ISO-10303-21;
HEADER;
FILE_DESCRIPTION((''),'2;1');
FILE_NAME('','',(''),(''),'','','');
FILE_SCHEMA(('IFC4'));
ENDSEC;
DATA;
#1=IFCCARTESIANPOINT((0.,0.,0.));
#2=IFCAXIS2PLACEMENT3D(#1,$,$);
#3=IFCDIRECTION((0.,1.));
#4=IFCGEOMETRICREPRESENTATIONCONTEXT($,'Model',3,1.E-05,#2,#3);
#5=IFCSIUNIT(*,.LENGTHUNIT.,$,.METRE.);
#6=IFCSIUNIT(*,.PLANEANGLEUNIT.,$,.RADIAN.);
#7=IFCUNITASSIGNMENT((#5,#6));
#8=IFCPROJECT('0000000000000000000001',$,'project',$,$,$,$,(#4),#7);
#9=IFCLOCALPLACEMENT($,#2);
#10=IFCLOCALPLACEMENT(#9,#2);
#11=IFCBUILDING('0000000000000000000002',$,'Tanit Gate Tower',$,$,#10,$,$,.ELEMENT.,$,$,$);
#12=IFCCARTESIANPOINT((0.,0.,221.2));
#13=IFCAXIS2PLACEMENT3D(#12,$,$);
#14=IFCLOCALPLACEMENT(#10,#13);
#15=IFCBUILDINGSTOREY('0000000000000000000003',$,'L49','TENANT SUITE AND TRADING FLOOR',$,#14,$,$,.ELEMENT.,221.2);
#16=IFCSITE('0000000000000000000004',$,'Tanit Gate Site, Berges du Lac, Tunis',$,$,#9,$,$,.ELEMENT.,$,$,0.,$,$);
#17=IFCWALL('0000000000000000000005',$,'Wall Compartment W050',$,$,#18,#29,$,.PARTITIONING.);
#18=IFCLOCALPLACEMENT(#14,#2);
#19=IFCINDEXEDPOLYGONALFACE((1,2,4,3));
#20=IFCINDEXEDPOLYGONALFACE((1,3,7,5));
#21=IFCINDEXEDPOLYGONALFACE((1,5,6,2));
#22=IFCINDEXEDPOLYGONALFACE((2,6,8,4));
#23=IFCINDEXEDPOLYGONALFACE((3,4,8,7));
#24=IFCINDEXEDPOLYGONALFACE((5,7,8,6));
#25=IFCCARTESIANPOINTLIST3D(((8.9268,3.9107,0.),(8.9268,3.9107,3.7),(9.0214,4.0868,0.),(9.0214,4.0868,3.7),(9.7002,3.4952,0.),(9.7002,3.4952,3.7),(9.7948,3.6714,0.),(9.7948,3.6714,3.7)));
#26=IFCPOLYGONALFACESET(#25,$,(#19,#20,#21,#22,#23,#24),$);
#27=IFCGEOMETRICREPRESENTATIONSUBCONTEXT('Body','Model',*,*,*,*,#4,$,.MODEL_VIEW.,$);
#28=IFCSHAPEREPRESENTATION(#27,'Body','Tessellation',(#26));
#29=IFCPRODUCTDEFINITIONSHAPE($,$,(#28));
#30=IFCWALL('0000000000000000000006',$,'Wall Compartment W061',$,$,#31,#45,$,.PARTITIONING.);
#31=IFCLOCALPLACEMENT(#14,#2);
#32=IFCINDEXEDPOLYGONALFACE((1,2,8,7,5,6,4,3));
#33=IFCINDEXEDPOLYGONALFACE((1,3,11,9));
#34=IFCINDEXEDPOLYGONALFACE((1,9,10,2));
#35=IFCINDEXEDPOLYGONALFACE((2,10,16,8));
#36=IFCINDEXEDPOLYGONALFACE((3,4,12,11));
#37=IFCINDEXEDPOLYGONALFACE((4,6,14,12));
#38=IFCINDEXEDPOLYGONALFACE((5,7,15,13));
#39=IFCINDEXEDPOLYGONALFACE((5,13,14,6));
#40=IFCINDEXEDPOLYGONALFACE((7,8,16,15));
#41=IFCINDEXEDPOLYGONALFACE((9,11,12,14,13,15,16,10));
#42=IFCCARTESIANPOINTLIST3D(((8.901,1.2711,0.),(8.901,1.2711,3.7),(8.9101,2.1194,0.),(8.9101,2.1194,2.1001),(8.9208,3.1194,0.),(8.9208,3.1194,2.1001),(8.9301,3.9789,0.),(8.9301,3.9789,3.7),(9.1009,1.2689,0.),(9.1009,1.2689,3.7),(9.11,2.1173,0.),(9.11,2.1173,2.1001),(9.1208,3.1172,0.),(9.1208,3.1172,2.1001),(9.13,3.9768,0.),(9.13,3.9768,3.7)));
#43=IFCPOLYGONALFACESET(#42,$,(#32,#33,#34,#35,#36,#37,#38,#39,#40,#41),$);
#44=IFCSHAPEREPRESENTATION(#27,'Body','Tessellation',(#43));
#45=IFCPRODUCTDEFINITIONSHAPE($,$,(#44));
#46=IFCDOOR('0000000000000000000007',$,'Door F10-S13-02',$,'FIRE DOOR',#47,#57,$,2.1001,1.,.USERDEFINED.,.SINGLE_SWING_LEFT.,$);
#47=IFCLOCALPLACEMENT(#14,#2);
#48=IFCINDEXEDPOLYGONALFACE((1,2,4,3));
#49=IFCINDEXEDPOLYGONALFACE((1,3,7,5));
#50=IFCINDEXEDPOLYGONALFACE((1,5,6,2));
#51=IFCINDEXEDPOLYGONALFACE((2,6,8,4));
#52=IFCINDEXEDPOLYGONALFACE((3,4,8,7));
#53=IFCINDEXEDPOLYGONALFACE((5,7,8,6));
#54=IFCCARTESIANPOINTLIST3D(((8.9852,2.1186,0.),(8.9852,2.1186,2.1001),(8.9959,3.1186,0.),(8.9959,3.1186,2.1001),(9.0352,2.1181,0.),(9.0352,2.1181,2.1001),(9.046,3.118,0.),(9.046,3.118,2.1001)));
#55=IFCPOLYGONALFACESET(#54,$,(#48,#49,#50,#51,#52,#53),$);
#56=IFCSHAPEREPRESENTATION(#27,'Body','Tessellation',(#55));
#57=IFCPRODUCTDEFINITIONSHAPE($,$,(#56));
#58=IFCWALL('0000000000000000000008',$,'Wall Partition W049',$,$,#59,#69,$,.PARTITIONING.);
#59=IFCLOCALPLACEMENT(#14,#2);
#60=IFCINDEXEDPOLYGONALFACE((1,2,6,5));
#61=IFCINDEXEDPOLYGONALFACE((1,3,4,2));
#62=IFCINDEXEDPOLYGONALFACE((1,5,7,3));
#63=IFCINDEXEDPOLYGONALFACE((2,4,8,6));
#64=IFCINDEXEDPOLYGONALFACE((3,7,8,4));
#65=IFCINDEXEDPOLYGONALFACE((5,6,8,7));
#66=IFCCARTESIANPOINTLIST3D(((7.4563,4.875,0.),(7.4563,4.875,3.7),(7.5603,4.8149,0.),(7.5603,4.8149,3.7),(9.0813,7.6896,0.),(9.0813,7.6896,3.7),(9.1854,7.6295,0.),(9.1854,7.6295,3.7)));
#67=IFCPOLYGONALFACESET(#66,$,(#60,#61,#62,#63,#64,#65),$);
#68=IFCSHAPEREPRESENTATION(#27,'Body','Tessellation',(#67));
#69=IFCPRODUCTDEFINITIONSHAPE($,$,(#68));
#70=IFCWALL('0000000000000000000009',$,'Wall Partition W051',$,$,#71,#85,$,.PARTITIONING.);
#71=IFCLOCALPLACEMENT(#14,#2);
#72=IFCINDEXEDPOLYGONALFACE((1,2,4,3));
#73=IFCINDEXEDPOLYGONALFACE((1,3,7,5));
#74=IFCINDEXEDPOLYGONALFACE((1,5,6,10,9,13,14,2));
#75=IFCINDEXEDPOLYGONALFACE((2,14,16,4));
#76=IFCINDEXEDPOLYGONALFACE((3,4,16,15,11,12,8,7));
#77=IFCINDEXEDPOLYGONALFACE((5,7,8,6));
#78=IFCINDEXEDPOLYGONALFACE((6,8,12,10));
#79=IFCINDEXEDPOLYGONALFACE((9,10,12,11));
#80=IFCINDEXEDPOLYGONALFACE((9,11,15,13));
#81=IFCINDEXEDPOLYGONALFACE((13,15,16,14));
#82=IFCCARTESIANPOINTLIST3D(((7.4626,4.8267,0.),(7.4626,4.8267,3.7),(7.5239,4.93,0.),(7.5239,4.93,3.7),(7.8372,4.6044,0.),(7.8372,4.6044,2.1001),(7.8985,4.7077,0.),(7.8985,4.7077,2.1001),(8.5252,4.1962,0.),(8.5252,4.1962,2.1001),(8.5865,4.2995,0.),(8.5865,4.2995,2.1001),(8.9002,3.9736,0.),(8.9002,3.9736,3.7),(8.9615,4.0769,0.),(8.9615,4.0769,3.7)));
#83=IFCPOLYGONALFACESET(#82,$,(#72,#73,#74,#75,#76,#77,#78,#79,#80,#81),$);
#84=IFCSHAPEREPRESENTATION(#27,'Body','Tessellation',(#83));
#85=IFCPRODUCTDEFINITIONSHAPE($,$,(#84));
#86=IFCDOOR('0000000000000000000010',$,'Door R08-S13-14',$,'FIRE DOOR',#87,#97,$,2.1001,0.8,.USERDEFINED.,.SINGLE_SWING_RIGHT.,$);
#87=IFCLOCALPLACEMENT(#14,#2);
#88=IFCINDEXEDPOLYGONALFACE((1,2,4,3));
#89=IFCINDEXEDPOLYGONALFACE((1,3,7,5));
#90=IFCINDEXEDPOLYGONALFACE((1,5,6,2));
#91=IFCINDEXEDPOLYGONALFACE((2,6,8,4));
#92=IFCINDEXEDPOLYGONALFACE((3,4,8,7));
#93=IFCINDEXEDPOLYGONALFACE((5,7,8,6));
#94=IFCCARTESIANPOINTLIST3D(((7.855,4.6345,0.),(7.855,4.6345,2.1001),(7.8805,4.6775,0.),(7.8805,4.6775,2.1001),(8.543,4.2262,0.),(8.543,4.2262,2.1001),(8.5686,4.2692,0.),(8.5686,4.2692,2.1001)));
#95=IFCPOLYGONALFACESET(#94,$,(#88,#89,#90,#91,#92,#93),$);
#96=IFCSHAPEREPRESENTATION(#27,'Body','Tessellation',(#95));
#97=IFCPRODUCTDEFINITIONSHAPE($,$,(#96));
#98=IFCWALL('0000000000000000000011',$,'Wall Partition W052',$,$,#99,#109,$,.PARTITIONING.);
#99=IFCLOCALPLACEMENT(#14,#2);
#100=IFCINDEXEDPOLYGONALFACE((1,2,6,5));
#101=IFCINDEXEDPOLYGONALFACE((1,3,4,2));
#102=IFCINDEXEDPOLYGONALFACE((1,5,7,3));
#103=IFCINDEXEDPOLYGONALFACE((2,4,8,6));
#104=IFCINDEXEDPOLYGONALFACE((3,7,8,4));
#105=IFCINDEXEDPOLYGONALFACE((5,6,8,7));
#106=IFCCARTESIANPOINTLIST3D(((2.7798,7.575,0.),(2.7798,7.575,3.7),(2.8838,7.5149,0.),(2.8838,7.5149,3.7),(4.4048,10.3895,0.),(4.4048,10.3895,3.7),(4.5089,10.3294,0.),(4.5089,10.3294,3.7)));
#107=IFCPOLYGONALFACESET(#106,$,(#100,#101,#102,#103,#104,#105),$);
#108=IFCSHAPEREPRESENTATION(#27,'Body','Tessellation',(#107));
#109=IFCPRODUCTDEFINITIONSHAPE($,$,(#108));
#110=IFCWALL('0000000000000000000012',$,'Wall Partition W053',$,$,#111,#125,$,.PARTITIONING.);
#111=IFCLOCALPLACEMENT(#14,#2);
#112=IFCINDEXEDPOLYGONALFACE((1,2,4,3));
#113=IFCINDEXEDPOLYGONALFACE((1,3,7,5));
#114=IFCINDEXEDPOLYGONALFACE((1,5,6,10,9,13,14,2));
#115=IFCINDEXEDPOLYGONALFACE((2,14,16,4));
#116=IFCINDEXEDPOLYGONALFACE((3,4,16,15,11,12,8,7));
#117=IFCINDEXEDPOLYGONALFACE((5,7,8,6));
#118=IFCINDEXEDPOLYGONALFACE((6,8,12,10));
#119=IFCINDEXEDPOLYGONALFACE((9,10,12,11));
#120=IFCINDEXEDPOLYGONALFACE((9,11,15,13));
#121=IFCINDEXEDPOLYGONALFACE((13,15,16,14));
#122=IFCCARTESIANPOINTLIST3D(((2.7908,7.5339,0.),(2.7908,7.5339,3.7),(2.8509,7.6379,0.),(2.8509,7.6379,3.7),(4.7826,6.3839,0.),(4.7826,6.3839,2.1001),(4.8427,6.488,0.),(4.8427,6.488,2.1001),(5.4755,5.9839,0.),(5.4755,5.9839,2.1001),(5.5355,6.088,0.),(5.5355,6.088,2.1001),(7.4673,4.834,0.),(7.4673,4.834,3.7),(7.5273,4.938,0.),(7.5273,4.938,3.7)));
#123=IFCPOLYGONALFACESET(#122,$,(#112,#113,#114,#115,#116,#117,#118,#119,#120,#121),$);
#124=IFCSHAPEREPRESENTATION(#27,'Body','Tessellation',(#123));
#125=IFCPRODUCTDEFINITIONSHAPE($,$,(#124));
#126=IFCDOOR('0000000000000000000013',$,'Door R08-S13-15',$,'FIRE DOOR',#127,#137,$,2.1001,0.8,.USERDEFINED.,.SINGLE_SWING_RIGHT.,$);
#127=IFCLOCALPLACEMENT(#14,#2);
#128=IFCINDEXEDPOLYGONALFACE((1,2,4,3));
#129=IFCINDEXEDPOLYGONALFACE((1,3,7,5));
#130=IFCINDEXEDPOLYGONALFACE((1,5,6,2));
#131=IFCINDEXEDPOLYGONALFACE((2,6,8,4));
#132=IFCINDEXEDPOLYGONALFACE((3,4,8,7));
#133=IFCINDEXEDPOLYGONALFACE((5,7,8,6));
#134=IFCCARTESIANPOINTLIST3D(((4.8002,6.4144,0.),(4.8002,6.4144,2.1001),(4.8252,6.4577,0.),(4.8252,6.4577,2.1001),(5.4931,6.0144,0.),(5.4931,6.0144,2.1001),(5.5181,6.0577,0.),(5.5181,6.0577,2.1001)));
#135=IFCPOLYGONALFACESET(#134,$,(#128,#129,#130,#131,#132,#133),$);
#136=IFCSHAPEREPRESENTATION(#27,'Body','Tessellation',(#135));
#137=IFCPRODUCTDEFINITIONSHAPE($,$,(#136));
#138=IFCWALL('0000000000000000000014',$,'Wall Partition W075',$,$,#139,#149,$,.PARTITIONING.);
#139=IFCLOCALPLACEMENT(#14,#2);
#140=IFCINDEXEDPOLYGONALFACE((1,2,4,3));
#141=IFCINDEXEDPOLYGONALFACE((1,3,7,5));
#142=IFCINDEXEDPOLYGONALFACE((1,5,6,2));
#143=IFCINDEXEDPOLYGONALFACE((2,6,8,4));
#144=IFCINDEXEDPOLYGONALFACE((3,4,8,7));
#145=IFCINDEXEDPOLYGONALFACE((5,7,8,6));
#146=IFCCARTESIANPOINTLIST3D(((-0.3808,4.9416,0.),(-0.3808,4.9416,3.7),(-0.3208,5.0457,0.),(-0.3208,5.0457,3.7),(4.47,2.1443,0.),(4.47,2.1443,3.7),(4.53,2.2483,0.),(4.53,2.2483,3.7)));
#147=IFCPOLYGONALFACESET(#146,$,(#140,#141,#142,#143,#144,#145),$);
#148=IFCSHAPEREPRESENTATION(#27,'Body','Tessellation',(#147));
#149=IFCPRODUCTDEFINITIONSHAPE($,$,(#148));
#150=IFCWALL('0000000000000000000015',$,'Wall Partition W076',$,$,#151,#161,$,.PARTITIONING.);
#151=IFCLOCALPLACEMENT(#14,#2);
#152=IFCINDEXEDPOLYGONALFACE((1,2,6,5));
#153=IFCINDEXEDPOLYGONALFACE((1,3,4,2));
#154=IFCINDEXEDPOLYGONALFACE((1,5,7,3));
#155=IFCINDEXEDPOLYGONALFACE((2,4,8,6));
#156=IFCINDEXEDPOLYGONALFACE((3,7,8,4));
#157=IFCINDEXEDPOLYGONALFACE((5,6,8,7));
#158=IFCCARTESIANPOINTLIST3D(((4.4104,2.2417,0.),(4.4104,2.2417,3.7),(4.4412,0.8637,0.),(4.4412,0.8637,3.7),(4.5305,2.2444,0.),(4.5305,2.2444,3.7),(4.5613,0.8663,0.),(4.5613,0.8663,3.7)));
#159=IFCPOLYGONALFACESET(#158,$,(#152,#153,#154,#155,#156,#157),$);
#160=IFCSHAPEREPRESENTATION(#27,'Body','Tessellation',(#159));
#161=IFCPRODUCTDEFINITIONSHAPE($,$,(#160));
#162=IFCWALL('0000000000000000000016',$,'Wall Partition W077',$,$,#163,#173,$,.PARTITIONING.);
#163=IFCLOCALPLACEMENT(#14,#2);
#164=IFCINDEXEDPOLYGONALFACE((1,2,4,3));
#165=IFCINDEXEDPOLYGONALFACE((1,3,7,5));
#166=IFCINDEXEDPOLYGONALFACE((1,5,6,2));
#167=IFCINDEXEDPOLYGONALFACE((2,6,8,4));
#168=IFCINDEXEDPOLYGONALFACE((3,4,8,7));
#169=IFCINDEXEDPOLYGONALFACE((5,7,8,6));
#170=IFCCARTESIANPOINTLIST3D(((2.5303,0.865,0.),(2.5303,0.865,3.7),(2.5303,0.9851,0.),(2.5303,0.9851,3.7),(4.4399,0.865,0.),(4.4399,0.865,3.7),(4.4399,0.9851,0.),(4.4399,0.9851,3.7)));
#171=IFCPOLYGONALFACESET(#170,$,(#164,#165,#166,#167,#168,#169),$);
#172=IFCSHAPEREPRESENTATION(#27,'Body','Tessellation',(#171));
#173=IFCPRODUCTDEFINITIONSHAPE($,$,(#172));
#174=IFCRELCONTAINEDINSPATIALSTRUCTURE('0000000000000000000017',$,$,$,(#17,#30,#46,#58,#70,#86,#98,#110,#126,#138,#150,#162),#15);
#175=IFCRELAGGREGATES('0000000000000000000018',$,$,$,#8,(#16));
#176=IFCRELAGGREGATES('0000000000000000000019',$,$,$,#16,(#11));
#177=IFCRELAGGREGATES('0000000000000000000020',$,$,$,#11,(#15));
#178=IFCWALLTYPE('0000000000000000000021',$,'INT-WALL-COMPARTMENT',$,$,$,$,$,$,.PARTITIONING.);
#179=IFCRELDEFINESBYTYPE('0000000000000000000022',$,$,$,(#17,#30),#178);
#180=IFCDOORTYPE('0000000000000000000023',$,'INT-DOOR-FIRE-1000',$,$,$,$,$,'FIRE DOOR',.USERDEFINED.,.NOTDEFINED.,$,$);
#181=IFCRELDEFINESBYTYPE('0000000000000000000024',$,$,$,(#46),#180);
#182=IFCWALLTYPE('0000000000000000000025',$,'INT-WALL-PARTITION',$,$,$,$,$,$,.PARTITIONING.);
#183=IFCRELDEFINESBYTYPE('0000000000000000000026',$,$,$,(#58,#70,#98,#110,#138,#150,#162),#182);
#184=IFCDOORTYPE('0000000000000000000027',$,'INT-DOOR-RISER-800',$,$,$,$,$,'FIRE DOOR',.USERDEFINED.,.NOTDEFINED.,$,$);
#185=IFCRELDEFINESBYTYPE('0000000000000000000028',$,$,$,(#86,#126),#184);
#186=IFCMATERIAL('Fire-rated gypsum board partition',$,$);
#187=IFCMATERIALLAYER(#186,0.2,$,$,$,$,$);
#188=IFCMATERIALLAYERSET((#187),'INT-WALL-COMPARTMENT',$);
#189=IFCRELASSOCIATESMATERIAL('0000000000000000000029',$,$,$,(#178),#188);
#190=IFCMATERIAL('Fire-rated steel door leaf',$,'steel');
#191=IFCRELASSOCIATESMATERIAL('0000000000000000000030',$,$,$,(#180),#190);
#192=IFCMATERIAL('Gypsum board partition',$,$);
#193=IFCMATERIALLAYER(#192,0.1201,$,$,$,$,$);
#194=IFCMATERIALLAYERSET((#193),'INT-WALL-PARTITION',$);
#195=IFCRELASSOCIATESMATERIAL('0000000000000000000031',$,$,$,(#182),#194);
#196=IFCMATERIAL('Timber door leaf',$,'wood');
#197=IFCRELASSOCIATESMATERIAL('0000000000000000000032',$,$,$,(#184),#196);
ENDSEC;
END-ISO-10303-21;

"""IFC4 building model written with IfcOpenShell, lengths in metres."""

from ifc_helpers import new_model, si_unit, direction, frame, frame_2d, origin, place, context, subcontext, project, spatial, rectangle, extrude, material, layer, layer_set, type_object, element, fill, save


model = new_model("IFC4")

# Units and contexts
model_context = context("Model", 3, precision=1e-05, world=origin(), true_north=direction((0.0, 1.0)))
body_context = subcontext(model_context, "Body", "Model", "MODEL_VIEW")
ifc_project = project(units=[si_unit("LENGTHUNIT", "METRE"), si_unit("PLANEANGLEUNIT", "RADIAN")], contexts=[model_context])

# Site, building, storey
site_placement = place(None, origin())
site = spatial("IfcSite", under=ifc_project, at=site_placement, Name="Tanit Gate Site, Berges du Lac, Tunis", CompositionType="ELEMENT", RefElevation=0.0)
building_placement = place(site_placement, origin())
building = spatial("IfcBuilding", under=site, at=building_placement, Name="Tanit Gate Tower", CompositionType="ELEMENT")
storey_placement = place(building_placement, frame((0.0, 0.0, 221.2)))
storey = spatial("IfcBuildingStorey", under=building, at=storey_placement, Name="L49", Description="TENANT SUITE AND TRADING FLOOR", CompositionType="ELEMENT", Elevation=221.2)

# Wall
ifc_material_1 = material(Name="Fire-rated gypsum board partition")
ifc_layer_1 = layer(ifc_material_1, 0.2)
ifc_layer_set_1 = layer_set([ifc_layer_1], Name="INT-WALL-COMPARTMENT")
wall_type_1 = type_object("IfcWallType", Name="INT-WALL-COMPARTMENT", PredefinedType="PARTITIONING", material=ifc_layer_set_1)
wall_1_placement = place(storey_placement, frame((8.9741, 3.9988, 0.0), z_axis=(0.0, 0.0, 1.0), x_axis=(0.880917, -0.473271, 0.0)))
element("IfcWall", 1, at=wall_1_placement, inside=storey, type_object=wall_type_1, Name="Wall Compartment W050", PredefinedType="PARTITIONING", context=body_context, shape_type="SweptSolid", body=[
    extrude(rectangle(XDim=0.8779, YDim=0.2, at=frame_2d((0.439, 0.0))), origin(), (0.0, 0.0, 1.0), 3.7),
])

# Wall, opening, door
wall_2_placement = place(storey_placement, frame((9.001, 1.27, 0.0), z_axis=(0.0, 0.0, 1.0), x_axis=(0.010729, 0.999942, 0.0)))
wall_2 = element("IfcWall", 2, at=wall_2_placement, inside=storey, type_object=wall_type_1, Name="Wall Compartment W061", PredefinedType="PARTITIONING", context=body_context, shape_type="SweptSolid", body=[
    extrude(rectangle(XDim=2.708, YDim=0.2, at=frame_2d((1.354, 0.0))), origin(), (0.0, 0.0, 1.0), 3.7),
])
opening_1_placement = place(wall_2_placement, frame((0.8484, 0.0, 0.0)))
opening_1 = element("IfcOpeningElement", 3, at=opening_1_placement, cuts=wall_2, PredefinedType="OPENING", context=body_context, shape_type="SweptSolid", body=[
    extrude(rectangle(XDim=1.0, YDim=2.1001, at=frame_2d((0.5, 1.05))), frame((0.0, 0.1099, 0.0), z_axis=(0.0, -1.0, 0.0), x_axis=(1.0, 0.0, 0.0)), (0.0, 0.0, 1.0), 0.22),
])
ifc_material_2 = material(Name="Fire-rated steel door leaf", Category="steel")
door_type_1 = type_object("IfcDoorType", Name="INT-DOOR-FIRE-1000", ElementType="FIRE DOOR", OperationType="NOTDEFINED", PredefinedType="USERDEFINED", material=ifc_material_2)
door_1_placement = place(opening_1_placement, origin())
door_1 = element("IfcDoor", 4, at=door_1_placement, inside=storey, type_object=door_type_1, Name="Door F10-S13-02", ObjectType="FIRE DOOR", OperationType="SINGLE_SWING_LEFT", OverallHeight=2.1001, OverallWidth=1.0, PredefinedType="USERDEFINED", context=body_context, shape_type="SweptSolid", body=[
    extrude(rectangle(XDim=1.0, YDim=2.1001, at=frame_2d((0.5, 1.05))), frame((0.0, 0.0249, 0.0), z_axis=(0.0, -1.0, 0.0), x_axis=(1.0, 0.0, 0.0)), (0.0, 0.0, 1.0), 0.05),
])
fill(opening_1, door_1)

# Wall
ifc_material_3 = material(Name="Gypsum board partition")
ifc_layer_2 = layer(ifc_material_3, 0.1201)
ifc_layer_set_2 = layer_set([ifc_layer_2], Name="INT-WALL-PARTITION")
wall_type_2 = type_object("IfcWallType", Name="INT-WALL-PARTITION", PredefinedType="PARTITIONING", material=ifc_layer_set_2)
wall_3_placement = place(storey_placement, frame((7.5083, 4.845, 0.0), z_axis=(0.0, 0.0, 1.0), x_axis=(0.500017, 0.866015, 0.0)))
element("IfcWall", 5, at=wall_3_placement, inside=storey, type_object=wall_type_2, Name="Wall Partition W049", PredefinedType="PARTITIONING", context=body_context, shape_type="SweptSolid", body=[
    extrude(rectangle(XDim=3.25, YDim=0.1201, at=frame_2d((1.625, 0.0))), origin(), (0.0, 0.0, 1.0), 3.7),
])

# Wall, opening, door
wall_4_placement = place(storey_placement, frame((7.4932, 4.8784, 0.0), z_axis=(0.0, 0.0, 1.0), x_axis=(0.859983, -0.510323, 0.0)))
wall_4 = element("IfcWall", 6, at=wall_4_placement, inside=storey, type_object=wall_type_2, Name="Wall Partition W051", PredefinedType="PARTITIONING", context=body_context, shape_type="SweptSolid", body=[
    extrude(rectangle(XDim=1.6716, YDim=0.1201, at=frame_2d((0.8359, 0.0))), origin(), (0.0, 0.0, 1.0), 3.7),
])
opening_2_placement = place(wall_4_placement, frame((0.4358, 0.0, 0.0)))
opening_2 = element("IfcOpeningElement", 7, at=opening_2_placement, cuts=wall_4, PredefinedType="OPENING", context=body_context, shape_type="SweptSolid", body=[
    extrude(rectangle(XDim=0.8, YDim=2.1001, at=frame_2d((0.3999, 1.05))), frame((0.0, 0.0701, 0.0), z_axis=(0.0, -1.0, 0.0), x_axis=(1.0, 0.0, 0.0)), (0.0, 0.0, 1.0), 0.1401),
])
ifc_material_4 = material(Name="Timber door leaf", Category="wood")
door_type_2 = type_object("IfcDoorType", Name="INT-DOOR-RISER-800", ElementType="FIRE DOOR", OperationType="NOTDEFINED", PredefinedType="USERDEFINED", material=ifc_material_4)
door_2_placement = place(opening_2_placement, origin())
door_2 = element("IfcDoor", 8, at=door_2_placement, inside=storey, type_object=door_type_2, Name="Door R08-S13-14", ObjectType="FIRE DOOR", OperationType="SINGLE_SWING_RIGHT", OverallHeight=2.1001, OverallWidth=0.8, PredefinedType="USERDEFINED", context=body_context, shape_type="SweptSolid", body=[
    extrude(rectangle(XDim=0.8, YDim=2.1001, at=frame_2d((0.3999, 1.05))), frame((0.0, 0.0249, 0.0), z_axis=(0.0, -1.0, 0.0), x_axis=(1.0, 0.0, 0.0)), (0.0, 0.0, 1.0), 0.05),
])
fill(opening_2, door_2)

# Wall
wall_5_placement = place(storey_placement, frame((2.8318, 7.5449, 0.0), z_axis=(0.0, 0.0, 1.0), x_axis=(0.500017, 0.866015, 0.0)))
element("IfcWall", 9, at=wall_5_placement, inside=storey, type_object=wall_type_2, Name="Wall Partition W052", PredefinedType="PARTITIONING", context=body_context, shape_type="SweptSolid", body=[
    extrude(rectangle(XDim=3.25, YDim=0.1201, at=frame_2d((1.625, 0.0))), origin(), (0.0, 0.0, 1.0), 3.7),
])

# Wall, opening, door
wall_6_placement = place(storey_placement, frame((7.4973, 4.886, 0.0), z_axis=(0.0, 0.0, 1.0), x_axis=(-0.866028, 0.499995, 0.0)))
wall_6 = element("IfcWall", 10, at=wall_6_placement, inside=storey, type_object=wall_type_2, Name="Wall Partition W053", PredefinedType="PARTITIONING", context=body_context, shape_type="SweptSolid", body=[
    extrude(rectangle(XDim=5.3999, YDim=0.1201, at=frame_2d((2.7, 0.0))), origin(), (0.0, 0.0, 1.0), 3.7),
])
opening_3_placement = place(wall_6_placement, frame((2.3, 0.0, 0.0)))
opening_3 = element("IfcOpeningElement", 11, at=opening_3_placement, cuts=wall_6, PredefinedType="OPENING", context=body_context, shape_type="SweptSolid", body=[
    extrude(rectangle(XDim=0.8, YDim=2.1001, at=frame_2d((0.3999, 1.05))), frame((0.0, 0.0701, 0.0), z_axis=(0.0, -1.0, 0.0), x_axis=(1.0, 0.0, 0.0)), (0.0, 0.0, 1.0), 0.1401),
])
door_3_placement = place(opening_3_placement, origin())
door_3 = element("IfcDoor", 12, at=door_3_placement, inside=storey, type_object=door_type_2, Name="Door R08-S13-15", ObjectType="FIRE DOOR", OperationType="SINGLE_SWING_RIGHT", OverallHeight=2.1001, OverallWidth=0.8, PredefinedType="USERDEFINED", context=body_context, shape_type="SweptSolid", body=[
    extrude(rectangle(XDim=0.8, YDim=2.1001, at=frame_2d((0.3999, 1.05))), frame((0.0, 0.0249, 0.0), z_axis=(0.0, -1.0, 0.0), x_axis=(1.0, 0.0, 0.0)), (0.0, 0.0, 1.0), 0.05),
])
fill(opening_3, door_3)

# Walls
wall_7_placement = place(storey_placement, frame((-0.3508, 4.9937, 0.0), z_axis=(0.0, 0.0, 1.0), x_axis=(0.866278, -0.499563, 0.0)))
element("IfcWall", 13, at=wall_7_placement, inside=storey, type_object=wall_type_2, Name="Wall Partition W075", PredefinedType="PARTITIONING", context=body_context, shape_type="SweptSolid", body=[
    extrude(rectangle(XDim=5.5996, YDim=0.1201, at=frame_2d((2.7998, 0.0))), origin(), (0.0, 0.0, 1.0), 3.7),
])
wall_8_placement = place(storey_placement, frame((4.5012, 0.865, 0.0), z_axis=(0.0, 0.0, 1.0), x_axis=(-0.022315, 0.999751, 0.0)))
element("IfcWall", 14, at=wall_8_placement, inside=storey, type_object=wall_type_2, Name="Wall Partition W076", PredefinedType="PARTITIONING", context=body_context, shape_type="SweptSolid", body=[
    extrude(rectangle(XDim=1.3784, YDim=0.1201, at=frame_2d((0.6892, 0.0))), origin(), (0.0, 0.0, 1.0), 3.7),
])
wall_9_placement = place(storey_placement, frame((2.5303, 0.925, 0.0), z_axis=(0.0, 0.0, 1.0), x_axis=(1.0, 0.0, 0.0)))
element("IfcWall", 15, at=wall_9_placement, inside=storey, type_object=wall_type_2, Name="Wall Partition W077", PredefinedType="PARTITIONING", context=body_context, shape_type="SweptSolid", body=[
    extrude(rectangle(XDim=1.9097, YDim=0.1201, at=frame_2d((0.9548, 0.0))), origin(), (0.0, 0.0, 1.0), 3.7),
])

save(model, "model.ifc")
